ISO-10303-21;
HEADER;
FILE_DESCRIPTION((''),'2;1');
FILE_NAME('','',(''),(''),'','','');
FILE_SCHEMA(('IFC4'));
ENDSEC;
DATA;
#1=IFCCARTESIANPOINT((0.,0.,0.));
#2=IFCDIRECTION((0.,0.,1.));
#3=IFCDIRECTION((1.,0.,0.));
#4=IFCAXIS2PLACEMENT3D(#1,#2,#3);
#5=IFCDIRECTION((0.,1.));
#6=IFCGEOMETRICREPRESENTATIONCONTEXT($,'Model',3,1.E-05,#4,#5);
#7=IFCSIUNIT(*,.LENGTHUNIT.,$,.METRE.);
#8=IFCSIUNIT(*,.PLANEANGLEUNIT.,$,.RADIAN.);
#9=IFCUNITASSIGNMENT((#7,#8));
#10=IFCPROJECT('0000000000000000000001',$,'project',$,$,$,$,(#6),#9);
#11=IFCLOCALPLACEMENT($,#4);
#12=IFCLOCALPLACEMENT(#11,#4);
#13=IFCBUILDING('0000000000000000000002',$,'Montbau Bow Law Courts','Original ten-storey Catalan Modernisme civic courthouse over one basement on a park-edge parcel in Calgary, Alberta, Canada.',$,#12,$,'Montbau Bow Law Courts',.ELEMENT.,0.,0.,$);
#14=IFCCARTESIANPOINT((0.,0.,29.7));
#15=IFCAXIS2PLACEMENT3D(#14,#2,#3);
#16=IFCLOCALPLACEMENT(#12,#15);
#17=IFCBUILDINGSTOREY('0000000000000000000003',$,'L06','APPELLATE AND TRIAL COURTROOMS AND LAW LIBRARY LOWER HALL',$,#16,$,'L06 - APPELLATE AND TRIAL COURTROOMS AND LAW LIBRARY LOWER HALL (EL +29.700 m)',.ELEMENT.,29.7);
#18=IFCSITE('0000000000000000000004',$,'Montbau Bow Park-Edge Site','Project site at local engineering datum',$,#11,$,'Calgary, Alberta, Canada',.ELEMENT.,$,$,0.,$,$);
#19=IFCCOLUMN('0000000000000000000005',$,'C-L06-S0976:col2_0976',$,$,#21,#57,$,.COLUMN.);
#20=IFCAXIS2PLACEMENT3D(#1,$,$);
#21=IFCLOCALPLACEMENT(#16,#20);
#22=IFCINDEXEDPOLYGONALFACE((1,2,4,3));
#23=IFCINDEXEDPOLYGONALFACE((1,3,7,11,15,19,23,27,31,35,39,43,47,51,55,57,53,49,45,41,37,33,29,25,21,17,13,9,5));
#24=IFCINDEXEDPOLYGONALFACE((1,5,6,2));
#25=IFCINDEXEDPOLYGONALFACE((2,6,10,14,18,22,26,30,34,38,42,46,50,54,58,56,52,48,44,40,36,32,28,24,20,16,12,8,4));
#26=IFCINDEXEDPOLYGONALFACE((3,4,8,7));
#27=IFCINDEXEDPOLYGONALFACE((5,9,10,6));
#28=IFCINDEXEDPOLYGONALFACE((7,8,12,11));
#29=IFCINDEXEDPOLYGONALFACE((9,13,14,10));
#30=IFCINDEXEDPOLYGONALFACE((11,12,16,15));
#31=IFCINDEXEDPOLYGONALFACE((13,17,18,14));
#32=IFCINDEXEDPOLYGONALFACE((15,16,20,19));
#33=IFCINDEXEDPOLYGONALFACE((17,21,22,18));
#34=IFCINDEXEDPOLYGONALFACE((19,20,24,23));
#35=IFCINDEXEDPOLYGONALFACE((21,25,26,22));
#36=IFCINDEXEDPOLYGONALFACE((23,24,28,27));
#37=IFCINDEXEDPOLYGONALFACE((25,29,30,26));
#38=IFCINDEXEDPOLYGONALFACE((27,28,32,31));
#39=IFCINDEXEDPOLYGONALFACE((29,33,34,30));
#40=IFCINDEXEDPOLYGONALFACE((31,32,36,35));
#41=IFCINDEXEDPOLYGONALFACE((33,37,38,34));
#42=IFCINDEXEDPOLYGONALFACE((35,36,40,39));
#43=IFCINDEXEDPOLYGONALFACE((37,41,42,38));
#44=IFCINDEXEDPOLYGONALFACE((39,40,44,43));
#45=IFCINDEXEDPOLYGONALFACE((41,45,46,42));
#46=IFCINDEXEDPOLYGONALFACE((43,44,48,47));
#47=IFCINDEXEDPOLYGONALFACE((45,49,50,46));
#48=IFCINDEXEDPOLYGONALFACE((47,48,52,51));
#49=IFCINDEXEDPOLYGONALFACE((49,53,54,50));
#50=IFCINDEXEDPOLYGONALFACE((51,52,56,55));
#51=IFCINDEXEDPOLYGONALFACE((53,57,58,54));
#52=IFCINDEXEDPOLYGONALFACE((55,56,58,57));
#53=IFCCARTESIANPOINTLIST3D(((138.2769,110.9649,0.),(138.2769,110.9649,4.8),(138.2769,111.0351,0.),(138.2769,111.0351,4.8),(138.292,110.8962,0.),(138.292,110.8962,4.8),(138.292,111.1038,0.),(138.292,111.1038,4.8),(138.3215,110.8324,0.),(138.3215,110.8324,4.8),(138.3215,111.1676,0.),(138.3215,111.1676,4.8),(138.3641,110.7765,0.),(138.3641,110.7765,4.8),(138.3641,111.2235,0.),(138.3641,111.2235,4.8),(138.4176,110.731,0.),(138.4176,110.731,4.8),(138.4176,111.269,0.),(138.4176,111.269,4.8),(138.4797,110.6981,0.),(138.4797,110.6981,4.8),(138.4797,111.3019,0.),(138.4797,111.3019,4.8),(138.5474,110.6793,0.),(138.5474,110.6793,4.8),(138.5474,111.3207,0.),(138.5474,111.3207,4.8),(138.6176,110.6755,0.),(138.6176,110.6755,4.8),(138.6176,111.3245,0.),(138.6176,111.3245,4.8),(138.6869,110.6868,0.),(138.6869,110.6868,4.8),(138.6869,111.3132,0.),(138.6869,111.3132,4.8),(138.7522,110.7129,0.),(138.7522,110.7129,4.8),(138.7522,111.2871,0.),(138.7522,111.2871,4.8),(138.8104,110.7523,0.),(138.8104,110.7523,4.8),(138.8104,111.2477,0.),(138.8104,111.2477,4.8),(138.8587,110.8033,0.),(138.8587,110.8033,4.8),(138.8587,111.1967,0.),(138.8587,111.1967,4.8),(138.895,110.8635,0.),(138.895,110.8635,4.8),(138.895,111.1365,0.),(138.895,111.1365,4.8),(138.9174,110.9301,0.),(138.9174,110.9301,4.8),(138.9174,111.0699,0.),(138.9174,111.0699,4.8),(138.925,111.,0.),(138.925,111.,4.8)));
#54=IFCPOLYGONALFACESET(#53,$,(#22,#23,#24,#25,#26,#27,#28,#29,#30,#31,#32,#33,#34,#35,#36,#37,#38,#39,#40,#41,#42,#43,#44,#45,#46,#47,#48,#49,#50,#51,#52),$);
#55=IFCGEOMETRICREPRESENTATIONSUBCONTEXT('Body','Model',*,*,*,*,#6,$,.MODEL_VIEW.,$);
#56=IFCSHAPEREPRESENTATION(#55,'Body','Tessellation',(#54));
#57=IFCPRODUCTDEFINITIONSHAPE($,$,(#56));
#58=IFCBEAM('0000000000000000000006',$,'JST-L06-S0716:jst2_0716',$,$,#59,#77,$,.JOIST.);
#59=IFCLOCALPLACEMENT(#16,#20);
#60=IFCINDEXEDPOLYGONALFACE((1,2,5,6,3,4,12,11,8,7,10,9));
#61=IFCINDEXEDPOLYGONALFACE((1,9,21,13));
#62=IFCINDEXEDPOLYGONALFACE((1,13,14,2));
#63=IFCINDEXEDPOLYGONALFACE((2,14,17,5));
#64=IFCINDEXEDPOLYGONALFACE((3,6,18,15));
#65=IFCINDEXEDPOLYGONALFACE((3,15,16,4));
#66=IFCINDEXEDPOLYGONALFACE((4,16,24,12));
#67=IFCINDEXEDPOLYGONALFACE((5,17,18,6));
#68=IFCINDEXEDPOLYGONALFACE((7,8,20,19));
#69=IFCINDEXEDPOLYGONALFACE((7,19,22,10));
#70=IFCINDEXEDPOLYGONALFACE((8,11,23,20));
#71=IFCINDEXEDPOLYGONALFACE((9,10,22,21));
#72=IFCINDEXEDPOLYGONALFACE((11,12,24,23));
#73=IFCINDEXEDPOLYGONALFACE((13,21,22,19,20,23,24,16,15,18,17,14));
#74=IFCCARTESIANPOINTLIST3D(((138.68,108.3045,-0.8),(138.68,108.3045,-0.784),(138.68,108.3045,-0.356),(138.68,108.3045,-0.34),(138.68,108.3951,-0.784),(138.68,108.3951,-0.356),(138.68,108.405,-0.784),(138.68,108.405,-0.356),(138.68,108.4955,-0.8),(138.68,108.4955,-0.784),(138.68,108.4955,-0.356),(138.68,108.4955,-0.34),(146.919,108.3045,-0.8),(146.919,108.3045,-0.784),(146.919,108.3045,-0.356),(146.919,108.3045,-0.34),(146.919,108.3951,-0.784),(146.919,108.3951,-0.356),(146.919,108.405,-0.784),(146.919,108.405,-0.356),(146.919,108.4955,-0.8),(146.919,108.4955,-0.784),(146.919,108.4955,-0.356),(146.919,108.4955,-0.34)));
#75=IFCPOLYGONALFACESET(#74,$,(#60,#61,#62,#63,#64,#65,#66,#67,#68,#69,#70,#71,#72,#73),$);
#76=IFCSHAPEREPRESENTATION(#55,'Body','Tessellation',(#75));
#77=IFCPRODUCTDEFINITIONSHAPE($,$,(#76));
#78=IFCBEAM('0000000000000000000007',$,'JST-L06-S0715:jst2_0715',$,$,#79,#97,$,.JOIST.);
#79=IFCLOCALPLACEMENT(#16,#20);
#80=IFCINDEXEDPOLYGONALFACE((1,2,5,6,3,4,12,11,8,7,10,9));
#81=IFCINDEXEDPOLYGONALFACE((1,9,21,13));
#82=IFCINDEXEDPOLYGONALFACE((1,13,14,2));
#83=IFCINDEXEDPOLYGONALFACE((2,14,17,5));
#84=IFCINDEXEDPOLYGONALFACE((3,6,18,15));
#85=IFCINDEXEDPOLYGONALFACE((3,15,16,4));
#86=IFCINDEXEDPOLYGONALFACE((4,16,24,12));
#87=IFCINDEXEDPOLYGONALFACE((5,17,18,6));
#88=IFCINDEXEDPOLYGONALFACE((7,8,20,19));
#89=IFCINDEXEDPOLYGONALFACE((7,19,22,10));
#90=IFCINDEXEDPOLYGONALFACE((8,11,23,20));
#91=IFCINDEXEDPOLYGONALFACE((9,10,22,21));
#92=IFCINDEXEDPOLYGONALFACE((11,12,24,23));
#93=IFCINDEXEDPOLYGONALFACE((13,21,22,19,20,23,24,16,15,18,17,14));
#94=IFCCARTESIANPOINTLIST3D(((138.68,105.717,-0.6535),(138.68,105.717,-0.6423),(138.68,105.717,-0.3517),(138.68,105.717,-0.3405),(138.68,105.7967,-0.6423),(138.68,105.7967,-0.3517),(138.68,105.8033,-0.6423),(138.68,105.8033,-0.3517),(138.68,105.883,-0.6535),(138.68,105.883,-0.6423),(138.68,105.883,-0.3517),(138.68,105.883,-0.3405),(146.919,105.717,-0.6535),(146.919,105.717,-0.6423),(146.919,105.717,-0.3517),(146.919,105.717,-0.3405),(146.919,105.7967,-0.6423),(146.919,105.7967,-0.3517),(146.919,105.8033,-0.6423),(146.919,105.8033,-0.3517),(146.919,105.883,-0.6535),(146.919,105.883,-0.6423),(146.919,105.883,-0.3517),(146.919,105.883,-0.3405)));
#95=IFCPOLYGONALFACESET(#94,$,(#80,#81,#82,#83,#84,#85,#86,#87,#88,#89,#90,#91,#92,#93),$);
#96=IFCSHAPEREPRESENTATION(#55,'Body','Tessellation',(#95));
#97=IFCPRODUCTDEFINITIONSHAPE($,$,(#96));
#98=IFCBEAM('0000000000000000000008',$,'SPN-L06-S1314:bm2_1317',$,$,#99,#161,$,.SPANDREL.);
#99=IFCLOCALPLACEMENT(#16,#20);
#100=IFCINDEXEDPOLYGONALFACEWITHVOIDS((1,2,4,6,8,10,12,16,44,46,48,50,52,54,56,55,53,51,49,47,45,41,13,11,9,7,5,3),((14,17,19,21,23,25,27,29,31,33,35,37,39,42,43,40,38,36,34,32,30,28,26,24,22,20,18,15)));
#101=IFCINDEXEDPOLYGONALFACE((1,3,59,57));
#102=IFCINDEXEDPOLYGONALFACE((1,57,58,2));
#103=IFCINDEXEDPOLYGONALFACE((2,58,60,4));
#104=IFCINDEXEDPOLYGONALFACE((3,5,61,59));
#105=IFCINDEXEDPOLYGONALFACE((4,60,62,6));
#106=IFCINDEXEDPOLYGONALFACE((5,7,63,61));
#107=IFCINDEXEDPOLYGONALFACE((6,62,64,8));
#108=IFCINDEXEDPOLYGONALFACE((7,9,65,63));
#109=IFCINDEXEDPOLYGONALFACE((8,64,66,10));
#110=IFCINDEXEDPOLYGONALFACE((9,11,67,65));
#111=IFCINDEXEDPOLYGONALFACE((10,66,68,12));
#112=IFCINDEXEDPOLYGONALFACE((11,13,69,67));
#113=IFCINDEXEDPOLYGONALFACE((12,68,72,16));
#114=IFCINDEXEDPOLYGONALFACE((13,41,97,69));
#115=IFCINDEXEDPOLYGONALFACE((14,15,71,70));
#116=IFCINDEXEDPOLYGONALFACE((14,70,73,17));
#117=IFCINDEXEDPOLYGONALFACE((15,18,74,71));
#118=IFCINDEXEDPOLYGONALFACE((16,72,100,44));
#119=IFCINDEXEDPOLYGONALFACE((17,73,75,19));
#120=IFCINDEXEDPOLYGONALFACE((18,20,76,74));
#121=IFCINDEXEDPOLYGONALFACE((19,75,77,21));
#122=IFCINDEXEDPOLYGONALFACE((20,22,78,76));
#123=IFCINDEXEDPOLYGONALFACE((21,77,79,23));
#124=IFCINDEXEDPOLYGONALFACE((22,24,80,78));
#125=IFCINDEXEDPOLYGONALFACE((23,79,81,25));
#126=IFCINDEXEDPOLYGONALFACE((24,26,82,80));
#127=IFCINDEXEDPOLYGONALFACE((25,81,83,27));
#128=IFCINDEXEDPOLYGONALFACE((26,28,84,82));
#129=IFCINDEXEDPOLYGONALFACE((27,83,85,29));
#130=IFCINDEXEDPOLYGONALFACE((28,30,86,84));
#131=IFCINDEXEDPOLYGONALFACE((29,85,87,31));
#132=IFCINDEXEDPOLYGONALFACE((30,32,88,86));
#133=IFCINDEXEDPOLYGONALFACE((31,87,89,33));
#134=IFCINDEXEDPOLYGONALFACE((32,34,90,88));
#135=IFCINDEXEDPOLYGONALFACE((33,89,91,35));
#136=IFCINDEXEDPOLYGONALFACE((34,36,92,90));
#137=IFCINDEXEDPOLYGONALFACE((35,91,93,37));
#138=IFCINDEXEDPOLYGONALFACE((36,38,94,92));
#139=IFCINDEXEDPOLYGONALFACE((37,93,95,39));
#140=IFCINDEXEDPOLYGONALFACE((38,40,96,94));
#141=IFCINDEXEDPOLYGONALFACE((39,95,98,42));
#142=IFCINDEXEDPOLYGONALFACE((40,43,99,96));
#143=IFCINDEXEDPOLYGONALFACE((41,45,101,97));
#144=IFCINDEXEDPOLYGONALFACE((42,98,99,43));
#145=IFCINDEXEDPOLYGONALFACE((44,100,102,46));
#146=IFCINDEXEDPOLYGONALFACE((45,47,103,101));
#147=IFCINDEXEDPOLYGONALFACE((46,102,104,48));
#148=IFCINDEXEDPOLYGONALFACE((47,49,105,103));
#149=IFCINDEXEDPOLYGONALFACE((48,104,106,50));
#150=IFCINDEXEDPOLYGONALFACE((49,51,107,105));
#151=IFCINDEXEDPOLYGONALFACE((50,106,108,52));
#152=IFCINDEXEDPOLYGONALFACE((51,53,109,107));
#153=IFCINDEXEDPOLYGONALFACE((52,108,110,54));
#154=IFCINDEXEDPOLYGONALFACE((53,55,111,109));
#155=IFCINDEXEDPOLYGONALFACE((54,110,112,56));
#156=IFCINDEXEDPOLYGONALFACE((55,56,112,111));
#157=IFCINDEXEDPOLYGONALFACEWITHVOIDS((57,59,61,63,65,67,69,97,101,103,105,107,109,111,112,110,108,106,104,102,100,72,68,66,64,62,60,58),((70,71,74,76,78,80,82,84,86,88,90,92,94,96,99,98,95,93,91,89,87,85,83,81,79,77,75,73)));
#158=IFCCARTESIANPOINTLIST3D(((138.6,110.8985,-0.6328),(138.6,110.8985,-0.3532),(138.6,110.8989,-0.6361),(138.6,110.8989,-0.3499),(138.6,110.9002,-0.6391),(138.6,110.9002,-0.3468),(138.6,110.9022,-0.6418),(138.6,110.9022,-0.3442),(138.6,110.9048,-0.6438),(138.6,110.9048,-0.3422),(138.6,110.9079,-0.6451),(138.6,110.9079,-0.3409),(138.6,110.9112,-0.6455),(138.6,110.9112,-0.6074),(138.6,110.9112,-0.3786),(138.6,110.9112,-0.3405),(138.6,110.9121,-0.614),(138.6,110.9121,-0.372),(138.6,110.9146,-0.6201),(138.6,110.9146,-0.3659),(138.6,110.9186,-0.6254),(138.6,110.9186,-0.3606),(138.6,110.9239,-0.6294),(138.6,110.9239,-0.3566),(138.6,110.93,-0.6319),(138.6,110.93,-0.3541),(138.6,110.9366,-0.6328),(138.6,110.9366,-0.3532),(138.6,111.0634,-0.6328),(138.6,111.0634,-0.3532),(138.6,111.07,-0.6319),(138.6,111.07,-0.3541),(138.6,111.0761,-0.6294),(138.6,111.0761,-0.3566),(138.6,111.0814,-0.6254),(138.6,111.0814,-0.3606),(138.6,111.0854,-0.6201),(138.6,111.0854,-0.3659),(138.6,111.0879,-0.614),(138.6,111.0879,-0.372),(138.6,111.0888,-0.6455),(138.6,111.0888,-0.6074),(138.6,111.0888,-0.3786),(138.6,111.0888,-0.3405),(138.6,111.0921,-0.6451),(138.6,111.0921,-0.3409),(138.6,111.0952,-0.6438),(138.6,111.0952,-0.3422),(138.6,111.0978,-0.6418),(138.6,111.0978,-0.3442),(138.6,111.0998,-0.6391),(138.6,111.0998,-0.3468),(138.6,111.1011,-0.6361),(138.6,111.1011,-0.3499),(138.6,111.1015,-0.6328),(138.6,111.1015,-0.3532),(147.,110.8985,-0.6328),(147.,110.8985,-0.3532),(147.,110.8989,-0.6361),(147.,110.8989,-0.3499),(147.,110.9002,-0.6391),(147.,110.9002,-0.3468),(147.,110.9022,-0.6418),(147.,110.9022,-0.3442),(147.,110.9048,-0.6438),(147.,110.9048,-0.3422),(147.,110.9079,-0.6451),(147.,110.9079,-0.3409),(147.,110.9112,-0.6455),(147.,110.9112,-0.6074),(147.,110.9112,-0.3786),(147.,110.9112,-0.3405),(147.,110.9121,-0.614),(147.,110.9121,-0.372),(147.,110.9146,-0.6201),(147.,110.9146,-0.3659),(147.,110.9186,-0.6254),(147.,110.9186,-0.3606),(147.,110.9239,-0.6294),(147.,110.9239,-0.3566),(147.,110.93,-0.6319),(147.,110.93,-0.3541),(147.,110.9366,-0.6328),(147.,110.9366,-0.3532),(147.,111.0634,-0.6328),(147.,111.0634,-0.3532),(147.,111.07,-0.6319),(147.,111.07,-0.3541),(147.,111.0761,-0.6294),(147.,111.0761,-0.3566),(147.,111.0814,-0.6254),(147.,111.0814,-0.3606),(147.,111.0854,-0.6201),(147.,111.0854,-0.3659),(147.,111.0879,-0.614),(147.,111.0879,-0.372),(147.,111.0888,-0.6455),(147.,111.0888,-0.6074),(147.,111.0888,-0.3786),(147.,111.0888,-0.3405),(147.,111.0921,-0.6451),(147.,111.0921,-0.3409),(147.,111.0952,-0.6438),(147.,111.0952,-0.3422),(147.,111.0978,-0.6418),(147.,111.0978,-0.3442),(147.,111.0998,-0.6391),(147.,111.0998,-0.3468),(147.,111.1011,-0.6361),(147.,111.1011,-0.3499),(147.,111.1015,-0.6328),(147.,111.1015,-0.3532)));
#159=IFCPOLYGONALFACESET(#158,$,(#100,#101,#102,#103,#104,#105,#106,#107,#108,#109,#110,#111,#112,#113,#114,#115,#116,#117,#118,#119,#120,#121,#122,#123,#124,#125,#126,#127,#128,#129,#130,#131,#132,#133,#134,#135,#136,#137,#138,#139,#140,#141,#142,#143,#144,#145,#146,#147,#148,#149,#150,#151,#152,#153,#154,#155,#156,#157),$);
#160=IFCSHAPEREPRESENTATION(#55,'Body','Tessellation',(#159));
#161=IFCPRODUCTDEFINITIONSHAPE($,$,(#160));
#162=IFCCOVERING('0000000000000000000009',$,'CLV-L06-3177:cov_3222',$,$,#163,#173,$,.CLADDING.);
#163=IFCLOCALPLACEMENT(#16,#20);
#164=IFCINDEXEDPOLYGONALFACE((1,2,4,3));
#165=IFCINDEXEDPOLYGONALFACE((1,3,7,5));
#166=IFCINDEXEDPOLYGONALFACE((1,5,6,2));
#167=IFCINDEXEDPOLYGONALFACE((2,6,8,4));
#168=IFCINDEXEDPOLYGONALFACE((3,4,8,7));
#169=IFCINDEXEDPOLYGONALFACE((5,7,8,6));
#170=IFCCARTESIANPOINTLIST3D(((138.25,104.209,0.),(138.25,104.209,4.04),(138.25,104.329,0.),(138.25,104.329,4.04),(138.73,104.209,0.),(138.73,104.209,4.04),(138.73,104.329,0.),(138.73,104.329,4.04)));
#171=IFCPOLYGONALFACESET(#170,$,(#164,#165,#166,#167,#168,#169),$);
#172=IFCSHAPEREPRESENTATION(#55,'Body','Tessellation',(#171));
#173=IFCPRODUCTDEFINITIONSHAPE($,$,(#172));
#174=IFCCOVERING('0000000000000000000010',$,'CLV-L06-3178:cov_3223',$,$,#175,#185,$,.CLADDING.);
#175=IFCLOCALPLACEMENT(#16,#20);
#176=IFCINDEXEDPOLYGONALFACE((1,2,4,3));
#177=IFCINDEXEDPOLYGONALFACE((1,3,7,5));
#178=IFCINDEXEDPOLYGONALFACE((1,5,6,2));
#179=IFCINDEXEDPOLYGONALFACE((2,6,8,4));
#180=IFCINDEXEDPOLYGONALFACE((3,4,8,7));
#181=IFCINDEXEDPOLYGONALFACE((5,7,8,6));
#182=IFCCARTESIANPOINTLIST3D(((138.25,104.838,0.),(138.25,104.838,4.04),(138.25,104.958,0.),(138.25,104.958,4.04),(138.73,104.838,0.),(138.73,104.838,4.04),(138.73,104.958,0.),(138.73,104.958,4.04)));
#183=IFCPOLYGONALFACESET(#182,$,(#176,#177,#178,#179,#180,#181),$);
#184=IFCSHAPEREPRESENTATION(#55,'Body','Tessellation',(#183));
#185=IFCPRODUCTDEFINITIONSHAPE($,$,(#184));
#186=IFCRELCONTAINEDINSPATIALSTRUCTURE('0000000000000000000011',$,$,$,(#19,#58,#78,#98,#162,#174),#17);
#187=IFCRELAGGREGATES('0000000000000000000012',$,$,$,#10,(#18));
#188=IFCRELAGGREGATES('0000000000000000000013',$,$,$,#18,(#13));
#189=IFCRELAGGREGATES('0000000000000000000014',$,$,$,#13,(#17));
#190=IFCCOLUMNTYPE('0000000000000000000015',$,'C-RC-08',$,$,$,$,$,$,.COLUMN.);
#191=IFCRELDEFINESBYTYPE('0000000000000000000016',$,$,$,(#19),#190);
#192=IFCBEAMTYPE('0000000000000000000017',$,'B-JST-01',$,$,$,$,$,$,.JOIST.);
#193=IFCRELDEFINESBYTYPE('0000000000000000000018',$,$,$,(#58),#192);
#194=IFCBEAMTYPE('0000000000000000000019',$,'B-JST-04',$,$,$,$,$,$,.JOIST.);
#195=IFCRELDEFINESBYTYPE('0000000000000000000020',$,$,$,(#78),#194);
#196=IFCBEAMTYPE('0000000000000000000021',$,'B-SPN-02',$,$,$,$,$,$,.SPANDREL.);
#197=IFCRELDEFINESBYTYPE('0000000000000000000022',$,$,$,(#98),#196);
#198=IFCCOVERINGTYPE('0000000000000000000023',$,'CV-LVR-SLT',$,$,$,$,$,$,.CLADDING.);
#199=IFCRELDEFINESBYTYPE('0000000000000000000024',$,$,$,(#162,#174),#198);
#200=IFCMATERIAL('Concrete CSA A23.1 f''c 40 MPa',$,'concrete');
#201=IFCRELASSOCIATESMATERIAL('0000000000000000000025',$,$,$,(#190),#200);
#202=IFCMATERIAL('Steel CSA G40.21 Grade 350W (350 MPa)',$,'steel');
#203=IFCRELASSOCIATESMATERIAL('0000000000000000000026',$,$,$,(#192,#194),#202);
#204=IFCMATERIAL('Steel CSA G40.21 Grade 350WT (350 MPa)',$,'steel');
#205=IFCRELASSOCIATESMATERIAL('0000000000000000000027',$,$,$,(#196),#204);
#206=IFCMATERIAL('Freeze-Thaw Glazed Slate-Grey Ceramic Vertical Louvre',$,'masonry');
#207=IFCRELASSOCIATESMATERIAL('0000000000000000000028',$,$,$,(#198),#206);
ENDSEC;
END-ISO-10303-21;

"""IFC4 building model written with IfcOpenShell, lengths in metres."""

from ifc_helpers import new_model, si_unit, direction, frame, frame_2d, origin_with_axes, origin_2d_with_axis, place, context, subcontext, project, spatial, rectangle, hollow_rectangle, circle, i_section, extrude, material, material_profile, profile_set, type_object, element, save


model = new_model("IFC4")

# Units and contexts
model_context = context("Model", 3, precision=1e-05, world=origin_with_axes(), true_north=direction((0.0, 1.0)))
body_context = subcontext(model_context, "Body", "Model", "MODEL_VIEW")
ifc_project = project(units=[si_unit("LENGTHUNIT", "METRE"), si_unit("PLANEANGLEUNIT", "RADIAN")], contexts=[model_context])

# Site, building, storey
site_placement = place(None, origin_with_axes())
site = spatial("IfcSite", under=ifc_project, at=site_placement, Name="Montbau Bow Park-Edge Site", Description="Project site at local engineering datum", LongName="Calgary, Alberta, Canada", CompositionType="ELEMENT", RefElevation=0.0)
building_placement = place(site_placement, origin_with_axes())
building = spatial("IfcBuilding", under=site, at=building_placement, Name="Montbau Bow Law Courts", Description="Original ten-storey Catalan Modernisme civic courthouse over one basement on a park-edge parcel in Calgary, Alberta, Canada.", LongName="Montbau Bow Law Courts", CompositionType="ELEMENT", ElevationOfRefHeight=0.0, ElevationOfTerrain=0.0)
storey_placement = place(building_placement, frame((0.0, 0.0, 29.7), z_axis=(0.0, 0.0, 1.0), x_axis=(1.0, 0.0, 0.0)))
storey = spatial("IfcBuildingStorey", under=building, at=storey_placement, Name="L06", Description="APPELLATE AND TRIAL COURTROOMS AND LAW LIBRARY LOWER HALL", LongName="L06 - APPELLATE AND TRIAL COURTROOMS AND LAW LIBRARY LOWER HALL (EL +29.700 m)", CompositionType="ELEMENT", Elevation=29.7)

# Column
ifc_material_1 = material(Name="Concrete CSA A23.1 f'c 40 MPa", Category="concrete")
ifc_material_profile_1 = material_profile(ifc_material_1, circle(Radius=0.325, at=origin_2d_with_axis()), Name="RC650D", Category="Main", Priority=0)
ifc_profile_set_1 = profile_set([ifc_material_profile_1], Name="Concrete CSA A23.1 f'c 40 MPa")
column_type = type_object("IfcColumnType", Name="C-RC-08", PredefinedType="COLUMN", material=ifc_profile_set_1)
column_placement = place(None, frame((138.6, 111.0, 29.7), z_axis=(0.0, 0.0, 1.0), x_axis=(1.0, 0.0, 0.0)))
element("IfcColumn", 1, at=column_placement, inside=storey, type_object=column_type, Name="C-L06-S0976:col2_0976", PredefinedType="COLUMN", context=body_context, shape_type="SweptSolid", body=[
    extrude(circle(Radius=0.325, at=origin_2d_with_axis()), origin_with_axes(), (0.0, 0.0, 1.0), 4.8),
])

# Beams
ifc_material_2 = material(Name="Steel CSA G40.21 Grade 350W (350 MPa)", Category="steel")
ifc_material_profile_2 = material_profile(ifc_material_2, i_section(OverallWidth=0.191, OverallDepth=0.46, WebThickness=0.0099, FlangeThickness=0.016, at=origin_2d_with_axis()), Name="W460X82", Category="Main", Priority=0)
ifc_profile_set_2 = profile_set([ifc_material_profile_2], Name="Steel CSA G40.21 Grade 350W (350 MPa)")
beam_type_1 = type_object("IfcBeamType", Name="B-JST-01", PredefinedType="JOIST", material=ifc_profile_set_2)
beam_1_placement = place(None, frame((138.68, 108.4, 29.13), z_axis=(1.0, 0.0, 0.0), x_axis=(0.0, 1.0, 0.0)))
element("IfcBeam", 2, at=beam_1_placement, inside=storey, type_object=beam_type_1, Name="JST-L06-S0716:jst2_0716", PredefinedType="JOIST", context=body_context, shape_type="SweptSolid", body=[
    extrude(i_section(OverallWidth=0.191, OverallDepth=0.46, WebThickness=0.0099, FlangeThickness=0.016, at=origin_2d_with_axis()), origin_with_axes(), (0.0, 0.0, 1.0), 8.239),
])
ifc_material_profile_3 = material_profile(ifc_material_2, i_section(OverallWidth=0.166, OverallDepth=0.313, WebThickness=0.0066, FlangeThickness=0.0112, at=origin_2d_with_axis()), Name="W310X45", Category="Main", Priority=0)
ifc_profile_set_3 = profile_set([ifc_material_profile_3], Name="Steel CSA G40.21 Grade 350W (350 MPa)")
beam_type_2 = type_object("IfcBeamType", Name="B-JST-04", PredefinedType="JOIST", material=ifc_profile_set_3)
beam_2_placement = place(None, frame((138.68, 105.8, 29.203), z_axis=(1.0, 0.0, 0.0), x_axis=(0.0, 1.0, 0.0)))
element("IfcBeam", 3, at=beam_2_placement, inside=storey, type_object=beam_type_2, Name="JST-L06-S0715:jst2_0715", PredefinedType="JOIST", context=body_context, shape_type="SweptSolid", body=[
    extrude(i_section(OverallWidth=0.166, OverallDepth=0.313, WebThickness=0.0066, FlangeThickness=0.0112, at=origin_2d_with_axis()), origin_with_axes(), (0.0, 0.0, 1.0), 8.239),
])
ifc_material_3 = material(Name="Steel CSA G40.21 Grade 350WT (350 MPa)", Category="steel")
ifc_material_profile_4 = material_profile(ifc_material_3, hollow_rectangle(XDim=0.203, YDim=0.305, WallThickness=0.0127, InnerFilletRadius=0.0254, OuterFilletRadius=0.0127, at=origin_2d_with_axis()), Name="HSS305X203X13", Category="Main", Priority=0)
ifc_profile_set_4 = profile_set([ifc_material_profile_4], Name="Steel CSA G40.21 Grade 350WT (350 MPa)")
beam_type_3 = type_object("IfcBeamType", Name="B-SPN-02", PredefinedType="SPANDREL", material=ifc_profile_set_4)
beam_3_placement = place(None, frame((138.6, 111.0, 29.207), z_axis=(1.0, 0.0, 0.0), x_axis=(0.0, 1.0, 0.0)))
element("IfcBeam", 4, at=beam_3_placement, inside=storey, type_object=beam_type_3, Name="SPN-L06-S1314:bm2_1317", PredefinedType="SPANDREL", context=body_context, shape_type="SweptSolid", body=[
    extrude(hollow_rectangle(XDim=0.203, YDim=0.305, WallThickness=0.0127, InnerFilletRadius=0.0254, OuterFilletRadius=0.0127, at=origin_2d_with_axis()), origin_with_axes(), (0.0, 0.0, 1.0), 8.4),
])

# Coverings
ifc_material_4 = material(Name="Freeze-Thaw Glazed Slate-Grey Ceramic Vertical Louvre", Category="masonry")
covering_type = type_object("IfcCoveringType", Name="CV-LVR-SLT", PredefinedType="CLADDING", material=ifc_material_4)
for number, where, z_axis, x_axis, name in (
    (5, (138.73, 104.269, 29.7), (0.0, 1.0, 0.0), (-1.0, 0.0, 0.0), "CLV-L06-3177:cov_3222"),
    (6, (138.73, 104.898, 29.7), (0.0, 1.0, 0.0), (-1.0, 0.0, 0.0), "CLV-L06-3178:cov_3223"),
):
    element("IfcCovering", number, at=place(None, frame(where, z_axis=z_axis, x_axis=x_axis)), inside=storey, type_object=covering_type, Name=name, PredefinedType="CLADDING", context=body_context, shape_type="SweptSolid", body=[
        extrude(rectangle(XDim=0.48, YDim=4.04, at=frame_2d((0.24, 2.02), x_axis=(1.0, 0.0))), frame((0.0, 0.0, -0.06), z_axis=(0.0, 0.0, 1.0), x_axis=(1.0, 0.0, 0.0)), (0.0, 0.0, 1.0), 0.12),
    ])

save(model, "model.ifc")
